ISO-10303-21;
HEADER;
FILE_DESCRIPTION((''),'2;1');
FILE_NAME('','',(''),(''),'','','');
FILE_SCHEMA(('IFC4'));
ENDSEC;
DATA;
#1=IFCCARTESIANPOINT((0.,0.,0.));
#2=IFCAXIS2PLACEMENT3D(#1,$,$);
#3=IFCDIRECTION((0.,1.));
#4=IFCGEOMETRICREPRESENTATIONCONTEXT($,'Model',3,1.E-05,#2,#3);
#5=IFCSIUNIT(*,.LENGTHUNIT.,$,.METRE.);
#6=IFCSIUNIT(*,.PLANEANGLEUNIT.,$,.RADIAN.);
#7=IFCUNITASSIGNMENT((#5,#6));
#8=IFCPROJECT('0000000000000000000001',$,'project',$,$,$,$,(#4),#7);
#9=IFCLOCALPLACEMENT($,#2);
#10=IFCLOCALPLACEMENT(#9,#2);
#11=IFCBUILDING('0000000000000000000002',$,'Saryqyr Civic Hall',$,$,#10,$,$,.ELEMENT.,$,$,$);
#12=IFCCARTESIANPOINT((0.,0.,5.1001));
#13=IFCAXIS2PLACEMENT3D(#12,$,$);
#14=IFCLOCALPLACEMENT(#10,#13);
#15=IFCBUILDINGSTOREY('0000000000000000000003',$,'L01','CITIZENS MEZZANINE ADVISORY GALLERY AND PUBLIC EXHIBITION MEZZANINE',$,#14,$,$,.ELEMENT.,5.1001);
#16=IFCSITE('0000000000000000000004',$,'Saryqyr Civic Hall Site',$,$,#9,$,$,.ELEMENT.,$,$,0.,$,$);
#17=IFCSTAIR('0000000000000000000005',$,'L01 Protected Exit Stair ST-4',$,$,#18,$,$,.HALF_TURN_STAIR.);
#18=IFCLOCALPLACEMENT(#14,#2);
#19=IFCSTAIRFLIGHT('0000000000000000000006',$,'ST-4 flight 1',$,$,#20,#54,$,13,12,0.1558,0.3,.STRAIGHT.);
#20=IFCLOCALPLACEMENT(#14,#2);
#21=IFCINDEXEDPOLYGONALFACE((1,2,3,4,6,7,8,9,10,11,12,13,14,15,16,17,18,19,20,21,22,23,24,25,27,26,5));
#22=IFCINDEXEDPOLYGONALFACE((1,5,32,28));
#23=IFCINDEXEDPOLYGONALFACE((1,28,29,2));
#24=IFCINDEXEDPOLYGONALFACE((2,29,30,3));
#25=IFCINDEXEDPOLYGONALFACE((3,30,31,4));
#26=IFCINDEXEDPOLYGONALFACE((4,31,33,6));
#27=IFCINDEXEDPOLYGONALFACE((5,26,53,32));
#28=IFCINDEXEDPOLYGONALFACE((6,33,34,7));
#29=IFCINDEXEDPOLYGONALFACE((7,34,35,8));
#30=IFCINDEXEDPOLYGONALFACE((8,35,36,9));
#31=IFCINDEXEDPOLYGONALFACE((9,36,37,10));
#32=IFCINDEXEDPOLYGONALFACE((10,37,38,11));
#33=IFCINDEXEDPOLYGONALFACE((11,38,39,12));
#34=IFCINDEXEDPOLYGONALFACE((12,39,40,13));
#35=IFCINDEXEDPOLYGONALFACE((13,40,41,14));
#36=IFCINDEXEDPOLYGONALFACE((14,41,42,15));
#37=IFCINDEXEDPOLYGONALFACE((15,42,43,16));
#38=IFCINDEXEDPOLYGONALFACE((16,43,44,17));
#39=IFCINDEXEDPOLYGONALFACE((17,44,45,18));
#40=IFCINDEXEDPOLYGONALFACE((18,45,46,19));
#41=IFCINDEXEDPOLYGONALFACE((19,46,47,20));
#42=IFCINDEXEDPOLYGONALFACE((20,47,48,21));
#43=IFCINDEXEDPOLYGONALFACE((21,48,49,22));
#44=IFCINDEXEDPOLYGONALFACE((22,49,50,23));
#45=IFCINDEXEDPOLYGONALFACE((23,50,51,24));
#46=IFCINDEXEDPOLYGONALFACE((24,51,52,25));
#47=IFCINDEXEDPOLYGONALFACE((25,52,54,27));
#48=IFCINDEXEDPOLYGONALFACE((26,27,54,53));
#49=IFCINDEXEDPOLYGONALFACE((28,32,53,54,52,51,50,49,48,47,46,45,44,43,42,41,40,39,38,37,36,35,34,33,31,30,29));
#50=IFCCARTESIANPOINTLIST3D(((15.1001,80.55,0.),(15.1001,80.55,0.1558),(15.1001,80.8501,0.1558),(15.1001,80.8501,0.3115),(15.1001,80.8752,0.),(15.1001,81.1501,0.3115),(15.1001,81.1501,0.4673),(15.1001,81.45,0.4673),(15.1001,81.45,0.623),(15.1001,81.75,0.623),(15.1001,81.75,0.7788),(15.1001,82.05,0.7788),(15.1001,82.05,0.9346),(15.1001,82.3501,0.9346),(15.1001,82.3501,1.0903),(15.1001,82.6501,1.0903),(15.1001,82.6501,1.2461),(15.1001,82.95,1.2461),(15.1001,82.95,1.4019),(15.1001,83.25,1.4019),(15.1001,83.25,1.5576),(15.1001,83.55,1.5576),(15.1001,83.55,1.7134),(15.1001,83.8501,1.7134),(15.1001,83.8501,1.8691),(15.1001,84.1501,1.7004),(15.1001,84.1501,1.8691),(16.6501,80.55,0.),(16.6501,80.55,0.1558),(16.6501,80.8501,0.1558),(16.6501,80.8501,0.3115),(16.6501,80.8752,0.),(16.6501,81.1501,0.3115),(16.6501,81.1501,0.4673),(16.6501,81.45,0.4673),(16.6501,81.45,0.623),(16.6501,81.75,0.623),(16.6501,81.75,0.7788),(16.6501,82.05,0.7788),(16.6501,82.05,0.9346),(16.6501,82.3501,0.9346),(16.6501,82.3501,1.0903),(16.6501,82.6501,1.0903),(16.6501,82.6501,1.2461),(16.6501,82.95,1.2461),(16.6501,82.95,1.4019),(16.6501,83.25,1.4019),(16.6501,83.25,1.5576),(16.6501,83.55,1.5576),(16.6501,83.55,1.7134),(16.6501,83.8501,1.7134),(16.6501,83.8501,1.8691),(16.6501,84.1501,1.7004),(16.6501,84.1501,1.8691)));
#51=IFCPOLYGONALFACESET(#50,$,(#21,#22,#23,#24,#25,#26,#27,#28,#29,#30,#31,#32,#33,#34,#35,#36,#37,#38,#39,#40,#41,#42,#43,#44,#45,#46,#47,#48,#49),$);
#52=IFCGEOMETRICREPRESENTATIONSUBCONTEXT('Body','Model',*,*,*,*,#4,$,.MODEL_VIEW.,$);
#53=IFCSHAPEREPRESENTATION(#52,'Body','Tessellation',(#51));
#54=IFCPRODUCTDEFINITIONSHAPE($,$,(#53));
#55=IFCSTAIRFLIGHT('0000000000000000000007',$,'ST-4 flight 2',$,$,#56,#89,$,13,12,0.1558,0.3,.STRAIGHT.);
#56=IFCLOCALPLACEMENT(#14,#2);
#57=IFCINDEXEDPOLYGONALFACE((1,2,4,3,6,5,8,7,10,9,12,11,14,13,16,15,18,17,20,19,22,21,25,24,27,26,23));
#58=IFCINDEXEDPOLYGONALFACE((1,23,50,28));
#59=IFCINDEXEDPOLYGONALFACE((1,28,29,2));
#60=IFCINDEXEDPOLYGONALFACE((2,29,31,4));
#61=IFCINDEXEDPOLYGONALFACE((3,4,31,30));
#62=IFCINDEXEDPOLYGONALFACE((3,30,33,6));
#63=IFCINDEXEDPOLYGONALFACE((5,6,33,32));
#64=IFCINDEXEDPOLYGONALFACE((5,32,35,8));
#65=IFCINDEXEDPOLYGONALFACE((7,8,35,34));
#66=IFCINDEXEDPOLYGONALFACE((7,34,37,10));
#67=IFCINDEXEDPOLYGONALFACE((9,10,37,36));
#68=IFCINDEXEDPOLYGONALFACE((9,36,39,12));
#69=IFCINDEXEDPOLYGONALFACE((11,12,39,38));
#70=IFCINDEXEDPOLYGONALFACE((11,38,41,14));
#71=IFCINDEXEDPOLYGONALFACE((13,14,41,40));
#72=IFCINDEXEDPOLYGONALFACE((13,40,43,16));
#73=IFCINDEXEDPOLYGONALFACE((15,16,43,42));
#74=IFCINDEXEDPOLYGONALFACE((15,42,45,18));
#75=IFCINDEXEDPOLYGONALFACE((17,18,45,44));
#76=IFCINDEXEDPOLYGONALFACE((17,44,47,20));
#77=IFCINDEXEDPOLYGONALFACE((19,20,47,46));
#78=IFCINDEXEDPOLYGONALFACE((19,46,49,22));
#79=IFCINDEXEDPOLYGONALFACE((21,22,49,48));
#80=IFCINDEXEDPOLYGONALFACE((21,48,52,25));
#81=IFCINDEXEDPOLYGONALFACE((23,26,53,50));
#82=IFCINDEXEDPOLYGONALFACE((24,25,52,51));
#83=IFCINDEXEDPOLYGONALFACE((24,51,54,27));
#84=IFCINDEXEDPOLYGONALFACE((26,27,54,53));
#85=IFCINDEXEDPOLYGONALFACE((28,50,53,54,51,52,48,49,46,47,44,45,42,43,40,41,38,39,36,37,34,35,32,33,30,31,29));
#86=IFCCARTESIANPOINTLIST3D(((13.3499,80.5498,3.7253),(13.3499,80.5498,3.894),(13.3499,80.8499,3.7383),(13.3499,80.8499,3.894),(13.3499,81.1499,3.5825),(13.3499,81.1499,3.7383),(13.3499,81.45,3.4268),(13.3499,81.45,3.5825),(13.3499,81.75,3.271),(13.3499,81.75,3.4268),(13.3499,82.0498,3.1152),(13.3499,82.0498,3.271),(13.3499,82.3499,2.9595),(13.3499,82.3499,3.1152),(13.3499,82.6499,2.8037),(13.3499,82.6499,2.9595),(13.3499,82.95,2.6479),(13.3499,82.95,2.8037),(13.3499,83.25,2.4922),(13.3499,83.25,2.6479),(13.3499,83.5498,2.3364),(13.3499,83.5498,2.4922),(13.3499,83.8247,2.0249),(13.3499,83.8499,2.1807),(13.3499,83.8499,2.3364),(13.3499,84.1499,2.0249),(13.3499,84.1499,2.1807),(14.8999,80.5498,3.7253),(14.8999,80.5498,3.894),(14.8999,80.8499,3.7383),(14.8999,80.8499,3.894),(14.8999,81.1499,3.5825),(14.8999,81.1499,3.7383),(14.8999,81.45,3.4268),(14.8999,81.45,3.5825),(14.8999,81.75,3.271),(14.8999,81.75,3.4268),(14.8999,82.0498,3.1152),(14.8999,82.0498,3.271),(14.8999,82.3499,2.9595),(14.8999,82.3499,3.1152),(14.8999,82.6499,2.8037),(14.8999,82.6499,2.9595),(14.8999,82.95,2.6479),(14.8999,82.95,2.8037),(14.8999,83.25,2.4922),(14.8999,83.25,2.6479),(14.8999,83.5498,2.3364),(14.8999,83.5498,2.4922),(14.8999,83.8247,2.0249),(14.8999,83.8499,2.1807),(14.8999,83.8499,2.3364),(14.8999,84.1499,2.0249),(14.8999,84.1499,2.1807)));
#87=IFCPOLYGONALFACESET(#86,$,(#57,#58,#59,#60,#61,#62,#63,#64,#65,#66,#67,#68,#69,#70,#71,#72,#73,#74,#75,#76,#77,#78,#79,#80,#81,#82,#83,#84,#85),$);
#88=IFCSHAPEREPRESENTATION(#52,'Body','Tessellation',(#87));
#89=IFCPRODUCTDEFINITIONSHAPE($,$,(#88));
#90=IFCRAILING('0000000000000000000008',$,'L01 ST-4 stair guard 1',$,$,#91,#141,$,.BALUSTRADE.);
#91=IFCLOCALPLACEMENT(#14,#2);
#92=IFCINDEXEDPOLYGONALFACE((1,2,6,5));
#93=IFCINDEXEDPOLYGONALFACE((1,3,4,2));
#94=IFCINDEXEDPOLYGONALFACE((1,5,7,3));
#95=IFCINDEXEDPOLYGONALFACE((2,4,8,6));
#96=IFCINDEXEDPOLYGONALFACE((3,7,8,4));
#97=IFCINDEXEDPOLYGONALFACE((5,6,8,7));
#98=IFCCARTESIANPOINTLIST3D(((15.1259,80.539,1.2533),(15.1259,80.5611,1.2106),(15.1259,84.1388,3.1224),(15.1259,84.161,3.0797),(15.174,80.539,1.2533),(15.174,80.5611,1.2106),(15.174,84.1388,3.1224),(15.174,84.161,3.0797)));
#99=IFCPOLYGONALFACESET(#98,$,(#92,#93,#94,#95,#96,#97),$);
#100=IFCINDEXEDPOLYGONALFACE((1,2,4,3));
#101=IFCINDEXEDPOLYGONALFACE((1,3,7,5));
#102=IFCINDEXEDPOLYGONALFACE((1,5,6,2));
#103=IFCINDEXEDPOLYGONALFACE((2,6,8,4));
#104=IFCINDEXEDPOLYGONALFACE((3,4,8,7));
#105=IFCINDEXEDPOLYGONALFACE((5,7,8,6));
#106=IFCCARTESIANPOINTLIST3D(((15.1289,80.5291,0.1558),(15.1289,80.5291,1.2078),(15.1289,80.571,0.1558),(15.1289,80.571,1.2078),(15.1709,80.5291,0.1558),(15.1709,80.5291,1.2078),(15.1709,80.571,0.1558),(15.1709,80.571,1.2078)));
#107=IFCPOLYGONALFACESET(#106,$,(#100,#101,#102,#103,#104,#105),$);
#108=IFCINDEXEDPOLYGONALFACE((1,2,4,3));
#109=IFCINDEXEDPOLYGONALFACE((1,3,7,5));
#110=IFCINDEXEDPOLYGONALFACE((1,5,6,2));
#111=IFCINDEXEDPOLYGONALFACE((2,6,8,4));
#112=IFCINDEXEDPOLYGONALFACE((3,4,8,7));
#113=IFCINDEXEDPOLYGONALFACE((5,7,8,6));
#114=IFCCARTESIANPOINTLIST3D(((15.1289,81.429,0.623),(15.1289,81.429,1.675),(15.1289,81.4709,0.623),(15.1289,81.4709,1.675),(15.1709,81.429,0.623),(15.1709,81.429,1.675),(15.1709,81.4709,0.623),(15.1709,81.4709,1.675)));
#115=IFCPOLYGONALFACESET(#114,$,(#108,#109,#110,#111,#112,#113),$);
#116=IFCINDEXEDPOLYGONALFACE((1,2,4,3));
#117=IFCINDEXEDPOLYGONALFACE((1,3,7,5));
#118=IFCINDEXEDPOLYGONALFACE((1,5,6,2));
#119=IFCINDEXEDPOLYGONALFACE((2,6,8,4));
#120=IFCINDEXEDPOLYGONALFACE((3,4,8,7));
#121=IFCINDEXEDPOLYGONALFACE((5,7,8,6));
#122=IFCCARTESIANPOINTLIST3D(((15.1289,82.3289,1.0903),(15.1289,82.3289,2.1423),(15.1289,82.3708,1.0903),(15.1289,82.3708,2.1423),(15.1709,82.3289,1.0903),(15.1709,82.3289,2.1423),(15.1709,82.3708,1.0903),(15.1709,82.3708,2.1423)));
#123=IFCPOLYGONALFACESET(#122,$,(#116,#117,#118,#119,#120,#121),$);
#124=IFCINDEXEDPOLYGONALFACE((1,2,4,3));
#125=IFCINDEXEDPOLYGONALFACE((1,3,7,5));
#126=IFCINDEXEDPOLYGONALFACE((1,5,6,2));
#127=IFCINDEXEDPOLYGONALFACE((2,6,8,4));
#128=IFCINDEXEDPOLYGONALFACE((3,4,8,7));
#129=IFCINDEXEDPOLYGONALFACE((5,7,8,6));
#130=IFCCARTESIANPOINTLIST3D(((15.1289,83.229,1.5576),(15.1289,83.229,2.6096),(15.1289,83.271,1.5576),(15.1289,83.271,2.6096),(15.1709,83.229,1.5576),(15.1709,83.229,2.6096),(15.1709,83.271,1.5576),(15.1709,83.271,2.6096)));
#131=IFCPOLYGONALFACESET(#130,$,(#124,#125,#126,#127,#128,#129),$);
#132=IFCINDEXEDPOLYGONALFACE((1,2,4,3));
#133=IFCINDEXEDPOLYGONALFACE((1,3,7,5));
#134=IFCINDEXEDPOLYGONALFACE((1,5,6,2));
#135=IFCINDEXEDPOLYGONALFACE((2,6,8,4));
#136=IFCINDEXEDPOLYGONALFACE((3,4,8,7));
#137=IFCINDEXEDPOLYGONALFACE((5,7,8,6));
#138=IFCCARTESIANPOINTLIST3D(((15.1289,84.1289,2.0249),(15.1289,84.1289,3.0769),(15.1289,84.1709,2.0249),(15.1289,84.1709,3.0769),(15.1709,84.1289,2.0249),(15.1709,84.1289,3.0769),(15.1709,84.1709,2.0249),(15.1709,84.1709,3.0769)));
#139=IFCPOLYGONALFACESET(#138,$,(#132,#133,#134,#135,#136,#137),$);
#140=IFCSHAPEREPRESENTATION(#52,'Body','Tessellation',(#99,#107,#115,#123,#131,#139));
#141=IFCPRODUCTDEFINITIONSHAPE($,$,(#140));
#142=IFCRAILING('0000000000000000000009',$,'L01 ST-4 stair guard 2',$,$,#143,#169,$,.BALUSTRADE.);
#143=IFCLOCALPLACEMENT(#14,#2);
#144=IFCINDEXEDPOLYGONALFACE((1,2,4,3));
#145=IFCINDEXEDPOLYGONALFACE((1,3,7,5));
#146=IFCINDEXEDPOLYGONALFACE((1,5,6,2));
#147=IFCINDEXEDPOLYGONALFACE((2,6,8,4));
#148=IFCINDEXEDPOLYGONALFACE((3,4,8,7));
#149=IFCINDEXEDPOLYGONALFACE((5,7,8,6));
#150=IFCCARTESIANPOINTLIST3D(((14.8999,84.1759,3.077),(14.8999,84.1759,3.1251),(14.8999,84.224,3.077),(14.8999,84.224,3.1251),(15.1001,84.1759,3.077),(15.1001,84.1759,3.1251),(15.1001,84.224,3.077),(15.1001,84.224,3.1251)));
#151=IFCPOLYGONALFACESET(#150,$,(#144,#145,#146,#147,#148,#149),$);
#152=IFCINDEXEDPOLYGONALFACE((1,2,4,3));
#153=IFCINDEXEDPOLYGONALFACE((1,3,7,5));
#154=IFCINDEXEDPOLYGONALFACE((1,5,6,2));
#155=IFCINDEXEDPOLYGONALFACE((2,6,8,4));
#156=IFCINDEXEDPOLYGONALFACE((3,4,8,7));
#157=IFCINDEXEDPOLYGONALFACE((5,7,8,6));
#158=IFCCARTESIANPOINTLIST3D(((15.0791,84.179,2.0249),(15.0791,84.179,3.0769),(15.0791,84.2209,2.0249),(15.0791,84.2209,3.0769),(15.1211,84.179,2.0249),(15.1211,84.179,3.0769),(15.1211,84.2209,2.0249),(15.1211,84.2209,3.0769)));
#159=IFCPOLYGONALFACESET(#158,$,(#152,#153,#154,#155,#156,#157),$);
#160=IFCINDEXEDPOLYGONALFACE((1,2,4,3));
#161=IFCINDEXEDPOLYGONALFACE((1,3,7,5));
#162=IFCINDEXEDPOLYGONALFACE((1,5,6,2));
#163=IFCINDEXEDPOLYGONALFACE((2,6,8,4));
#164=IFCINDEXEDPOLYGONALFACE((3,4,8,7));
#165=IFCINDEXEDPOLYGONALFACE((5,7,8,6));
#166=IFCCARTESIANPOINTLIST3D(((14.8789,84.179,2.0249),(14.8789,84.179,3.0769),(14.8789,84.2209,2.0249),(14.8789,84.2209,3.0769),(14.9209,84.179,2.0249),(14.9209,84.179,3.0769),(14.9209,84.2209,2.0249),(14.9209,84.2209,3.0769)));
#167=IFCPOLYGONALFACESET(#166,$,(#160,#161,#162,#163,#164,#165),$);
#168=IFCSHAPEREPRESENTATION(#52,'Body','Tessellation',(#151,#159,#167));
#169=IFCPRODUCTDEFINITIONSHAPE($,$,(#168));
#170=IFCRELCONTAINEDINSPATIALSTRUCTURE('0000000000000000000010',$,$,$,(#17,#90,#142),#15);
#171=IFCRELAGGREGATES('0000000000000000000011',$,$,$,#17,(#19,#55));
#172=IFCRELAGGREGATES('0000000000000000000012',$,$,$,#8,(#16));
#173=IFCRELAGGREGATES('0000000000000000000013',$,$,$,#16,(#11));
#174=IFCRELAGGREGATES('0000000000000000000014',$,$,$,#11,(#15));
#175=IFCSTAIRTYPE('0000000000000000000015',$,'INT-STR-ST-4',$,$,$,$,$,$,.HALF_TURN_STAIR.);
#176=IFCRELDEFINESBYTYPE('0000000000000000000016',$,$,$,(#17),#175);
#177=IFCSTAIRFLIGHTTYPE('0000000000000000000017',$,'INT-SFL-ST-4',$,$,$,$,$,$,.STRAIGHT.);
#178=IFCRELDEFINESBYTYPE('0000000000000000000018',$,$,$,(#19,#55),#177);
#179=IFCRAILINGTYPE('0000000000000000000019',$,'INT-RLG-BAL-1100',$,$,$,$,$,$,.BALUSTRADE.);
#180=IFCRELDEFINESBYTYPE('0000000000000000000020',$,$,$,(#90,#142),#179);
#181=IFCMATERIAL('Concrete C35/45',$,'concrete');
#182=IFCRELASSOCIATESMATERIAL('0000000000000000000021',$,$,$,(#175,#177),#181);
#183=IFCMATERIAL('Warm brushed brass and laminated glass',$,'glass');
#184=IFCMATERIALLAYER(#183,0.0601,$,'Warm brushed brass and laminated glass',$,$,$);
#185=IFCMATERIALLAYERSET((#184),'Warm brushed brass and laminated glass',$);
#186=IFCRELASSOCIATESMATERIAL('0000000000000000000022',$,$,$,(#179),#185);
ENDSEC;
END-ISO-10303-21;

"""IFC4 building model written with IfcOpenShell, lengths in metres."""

from ifc_helpers import new_model, si_unit, direction, frame, origin, origin_2d, place, context, subcontext, project, spatial, polyline, rectangle, outline, extrude, material, layer, layer_set, type_object, element, aggregate, save


model = new_model("IFC4")

# Units and contexts
model_context = context("Model", 3, precision=1e-05, world=origin(), true_north=direction((0.0, 1.0)))
body_context = subcontext(model_context, "Body", "Model", "MODEL_VIEW")
ifc_project = project(units=[si_unit("LENGTHUNIT", "METRE"), si_unit("PLANEANGLEUNIT", "RADIAN")], contexts=[model_context])

# Site, building, storey
site_placement = place(None, origin())
site = spatial("IfcSite", under=ifc_project, at=site_placement, Name="Saryqyr Civic Hall Site", CompositionType="ELEMENT", RefElevation=0.0)
building_placement = place(site_placement, origin())
building = spatial("IfcBuilding", under=site, at=building_placement, Name="Saryqyr Civic Hall", CompositionType="ELEMENT")
storey_placement = place(building_placement, frame((0.0, 0.0, 5.1001)))
storey = spatial("IfcBuildingStorey", under=building, at=storey_placement, Name="L01", Description="CITIZENS MEZZANINE ADVISORY GALLERY AND PUBLIC EXHIBITION MEZZANINE", CompositionType="ELEMENT", Elevation=5.1001)

# Shared definitions
ifc_material_1 = material(Name="Concrete C35/45", Category="concrete")

# Stair, stair flights
stair_type = type_object("IfcStairType", Name="INT-STR-ST-4", PredefinedType="HALF_TURN_STAIR", material=ifc_material_1)
stair_placement = place(storey_placement, origin())
stair = element("IfcStair", 1, at=stair_placement, inside=storey, type_object=stair_type, Name="L01 Protected Exit Stair ST-4", PredefinedType="HALF_TURN_STAIR")
stair_flight_type = type_object("IfcStairFlightType", Name="INT-SFL-ST-4", PredefinedType="STRAIGHT", material=ifc_material_1)
stair_flight_1_placement = place(storey_placement, frame((15.875, 80.55, 0.0), z_axis=(0.0, 0.0, 1.0), x_axis=(0.0, 1.0, 0.0)))
stair_flight_1 = element("IfcStairFlight", 2, at=stair_flight_1_placement, type_object=stair_flight_type, Name="ST-4 flight 1", NumberOfRisers=13, NumberOfTreads=12, PredefinedType="STRAIGHT", RiserHeight=0.1558, TreadLength=0.3, context=body_context, shape_type="SweptSolid", body=[
    extrude(outline(polyline([(0.0, 0.0), (0.0, 0.1558), (0.3, 0.1558), (0.3, 0.3115), (0.6001, 0.3115), (0.6001, 0.4673), (0.8999, 0.4673), (0.8999, 0.623), (1.2, 0.623), (1.2, 0.7788), (1.5, 0.7788), (1.5, 0.9346), (1.8, 0.9346), (1.8, 1.0903), (2.1001, 1.0903), (2.1001, 1.2461), (2.3999, 1.2461), (2.3999, 1.4019), (2.7, 1.4019), (2.7, 1.5576), (3.0, 1.5576), (3.0, 1.7134), (3.3, 1.7134), (3.3, 1.8691), (3.6001, 1.8691), (3.6001, 2.0249), (3.6001, 1.7004), (0.3252, 0.0), (0.0, 0.0)])), frame((0.0, 0.7749, 0.0), z_axis=(0.0, -1.0, 0.0), x_axis=(1.0, 0.0, 0.0)), (0.0, 0.0, 1.0), 1.55),
])
stair_flight_2_placement = place(storey_placement, frame((14.125, 84.1499, 2.0249), z_axis=(0.0, 0.0, 1.0), x_axis=(0.0, -1.0, 0.0)))
stair_flight_2 = element("IfcStairFlight", 3, at=stair_flight_2_placement, type_object=stair_flight_type, Name="ST-4 flight 2", NumberOfRisers=13, NumberOfTreads=12, PredefinedType="STRAIGHT", RiserHeight=0.1558, TreadLength=0.3, context=body_context, shape_type="SweptSolid", body=[
    extrude(outline(polyline([(0.0, 0.0), (0.0, 0.1558), (0.3, 0.1558), (0.3, 0.3115), (0.6001, 0.3115), (0.6001, 0.4673), (0.8999, 0.4673), (0.8999, 0.623), (1.2, 0.623), (1.2, 0.7788), (1.5, 0.7788), (1.5, 0.9346), (1.8, 0.9346), (1.8, 1.0903), (2.1001, 1.0903), (2.1001, 1.2461), (2.3999, 1.2461), (2.3999, 1.4019), (2.7, 1.4019), (2.7, 1.5576), (3.0, 1.5576), (3.0, 1.7134), (3.3, 1.7134), (3.3, 1.8691), (3.6001, 1.8691), (3.6001, 2.0249), (3.6001, 1.7004), (0.3252, 0.0), (0.0, 0.0)])), frame((0.0, 0.7749, 0.0), z_axis=(0.0, -1.0, 0.0), x_axis=(1.0, 0.0, 0.0)), (0.0, 0.0, 1.0), 1.55),
])
aggregate(stair, [stair_flight_1, stair_flight_2])

# Railings
ifc_material_2 = material(Name="Warm brushed brass and laminated glass", Category="glass")
ifc_layer_1 = layer(ifc_material_2, 0.0601, Name="Warm brushed brass and laminated glass")
ifc_layer_set_1 = layer_set([ifc_layer_1], Name="Warm brushed brass and laminated glass")
railing_type_1 = type_object("IfcRailingType", Name="INT-RLG-BAL-1100", PredefinedType="BALUSTRADE", material=ifc_layer_set_1)
railing_1_placement = place(storey_placement, frame((15.1499, 80.55, 0.1558)))
element("IfcRailing", 4, at=railing_1_placement, inside=storey, type_object=railing_type_1, Name="L01 ST-4 stair guard 1", PredefinedType="BALUSTRADE", context=body_context, shape_type="SweptSolid", body=[
    extrude(rectangle(XDim=0.0481, YDim=0.0481, at=origin_2d()), frame((0.0, 0.0, 1.0762), z_axis=(0.0, 0.887497, 0.460813), x_axis=(-1.0, 0.0, 0.0)), (0.0, 0.0, 1.0), 4.0562),
    extrude(rectangle(XDim=0.042, YDim=0.042, at=origin_2d()), origin(), (0.0, 0.0, 1.0), 1.052),
    extrude(rectangle(XDim=0.042, YDim=0.042, at=origin_2d()), frame((0.0, 0.8999, 0.4673)), (0.0, 0.0, 1.0), 1.052),
    extrude(rectangle(XDim=0.042, YDim=0.042, at=origin_2d()), frame((0.0, 1.7998, 0.9346)), (0.0, 0.0, 1.0), 1.052),
    extrude(rectangle(XDim=0.042, YDim=0.042, at=origin_2d()), frame((0.0, 2.7, 1.4019)), (0.0, 0.0, 1.0), 1.052),
    extrude(rectangle(XDim=0.042, YDim=0.042, at=origin_2d()), frame((0.0, 3.5999, 1.8691)), (0.0, 0.0, 1.0), 1.052),
])
railing_2_placement = place(storey_placement, frame((15.1001, 84.2, 2.0249)))
element("IfcRailing", 5, at=railing_2_placement, inside=storey, type_object=railing_type_1, Name="L01 ST-4 stair guard 2", PredefinedType="BALUSTRADE", context=body_context, shape_type="SweptSolid", body=[
    extrude(rectangle(XDim=0.0481, YDim=0.0481, at=origin_2d()), frame((0.0, 0.0, 1.0762), z_axis=(-1.0, 0.0, 0.0), x_axis=(0.0, -1.0, 0.0)), (0.0, 0.0, 1.0), 0.2002),
    extrude(rectangle(XDim=0.042, YDim=0.042, at=origin_2d()), origin(), (0.0, 0.0, 1.0), 1.052),
    extrude(rectangle(XDim=0.042, YDim=0.042, at=origin_2d()), frame((-0.2002, 0.0, 0.0)), (0.0, 0.0, 1.0), 1.052),
])

save(model, "model.ifc")
